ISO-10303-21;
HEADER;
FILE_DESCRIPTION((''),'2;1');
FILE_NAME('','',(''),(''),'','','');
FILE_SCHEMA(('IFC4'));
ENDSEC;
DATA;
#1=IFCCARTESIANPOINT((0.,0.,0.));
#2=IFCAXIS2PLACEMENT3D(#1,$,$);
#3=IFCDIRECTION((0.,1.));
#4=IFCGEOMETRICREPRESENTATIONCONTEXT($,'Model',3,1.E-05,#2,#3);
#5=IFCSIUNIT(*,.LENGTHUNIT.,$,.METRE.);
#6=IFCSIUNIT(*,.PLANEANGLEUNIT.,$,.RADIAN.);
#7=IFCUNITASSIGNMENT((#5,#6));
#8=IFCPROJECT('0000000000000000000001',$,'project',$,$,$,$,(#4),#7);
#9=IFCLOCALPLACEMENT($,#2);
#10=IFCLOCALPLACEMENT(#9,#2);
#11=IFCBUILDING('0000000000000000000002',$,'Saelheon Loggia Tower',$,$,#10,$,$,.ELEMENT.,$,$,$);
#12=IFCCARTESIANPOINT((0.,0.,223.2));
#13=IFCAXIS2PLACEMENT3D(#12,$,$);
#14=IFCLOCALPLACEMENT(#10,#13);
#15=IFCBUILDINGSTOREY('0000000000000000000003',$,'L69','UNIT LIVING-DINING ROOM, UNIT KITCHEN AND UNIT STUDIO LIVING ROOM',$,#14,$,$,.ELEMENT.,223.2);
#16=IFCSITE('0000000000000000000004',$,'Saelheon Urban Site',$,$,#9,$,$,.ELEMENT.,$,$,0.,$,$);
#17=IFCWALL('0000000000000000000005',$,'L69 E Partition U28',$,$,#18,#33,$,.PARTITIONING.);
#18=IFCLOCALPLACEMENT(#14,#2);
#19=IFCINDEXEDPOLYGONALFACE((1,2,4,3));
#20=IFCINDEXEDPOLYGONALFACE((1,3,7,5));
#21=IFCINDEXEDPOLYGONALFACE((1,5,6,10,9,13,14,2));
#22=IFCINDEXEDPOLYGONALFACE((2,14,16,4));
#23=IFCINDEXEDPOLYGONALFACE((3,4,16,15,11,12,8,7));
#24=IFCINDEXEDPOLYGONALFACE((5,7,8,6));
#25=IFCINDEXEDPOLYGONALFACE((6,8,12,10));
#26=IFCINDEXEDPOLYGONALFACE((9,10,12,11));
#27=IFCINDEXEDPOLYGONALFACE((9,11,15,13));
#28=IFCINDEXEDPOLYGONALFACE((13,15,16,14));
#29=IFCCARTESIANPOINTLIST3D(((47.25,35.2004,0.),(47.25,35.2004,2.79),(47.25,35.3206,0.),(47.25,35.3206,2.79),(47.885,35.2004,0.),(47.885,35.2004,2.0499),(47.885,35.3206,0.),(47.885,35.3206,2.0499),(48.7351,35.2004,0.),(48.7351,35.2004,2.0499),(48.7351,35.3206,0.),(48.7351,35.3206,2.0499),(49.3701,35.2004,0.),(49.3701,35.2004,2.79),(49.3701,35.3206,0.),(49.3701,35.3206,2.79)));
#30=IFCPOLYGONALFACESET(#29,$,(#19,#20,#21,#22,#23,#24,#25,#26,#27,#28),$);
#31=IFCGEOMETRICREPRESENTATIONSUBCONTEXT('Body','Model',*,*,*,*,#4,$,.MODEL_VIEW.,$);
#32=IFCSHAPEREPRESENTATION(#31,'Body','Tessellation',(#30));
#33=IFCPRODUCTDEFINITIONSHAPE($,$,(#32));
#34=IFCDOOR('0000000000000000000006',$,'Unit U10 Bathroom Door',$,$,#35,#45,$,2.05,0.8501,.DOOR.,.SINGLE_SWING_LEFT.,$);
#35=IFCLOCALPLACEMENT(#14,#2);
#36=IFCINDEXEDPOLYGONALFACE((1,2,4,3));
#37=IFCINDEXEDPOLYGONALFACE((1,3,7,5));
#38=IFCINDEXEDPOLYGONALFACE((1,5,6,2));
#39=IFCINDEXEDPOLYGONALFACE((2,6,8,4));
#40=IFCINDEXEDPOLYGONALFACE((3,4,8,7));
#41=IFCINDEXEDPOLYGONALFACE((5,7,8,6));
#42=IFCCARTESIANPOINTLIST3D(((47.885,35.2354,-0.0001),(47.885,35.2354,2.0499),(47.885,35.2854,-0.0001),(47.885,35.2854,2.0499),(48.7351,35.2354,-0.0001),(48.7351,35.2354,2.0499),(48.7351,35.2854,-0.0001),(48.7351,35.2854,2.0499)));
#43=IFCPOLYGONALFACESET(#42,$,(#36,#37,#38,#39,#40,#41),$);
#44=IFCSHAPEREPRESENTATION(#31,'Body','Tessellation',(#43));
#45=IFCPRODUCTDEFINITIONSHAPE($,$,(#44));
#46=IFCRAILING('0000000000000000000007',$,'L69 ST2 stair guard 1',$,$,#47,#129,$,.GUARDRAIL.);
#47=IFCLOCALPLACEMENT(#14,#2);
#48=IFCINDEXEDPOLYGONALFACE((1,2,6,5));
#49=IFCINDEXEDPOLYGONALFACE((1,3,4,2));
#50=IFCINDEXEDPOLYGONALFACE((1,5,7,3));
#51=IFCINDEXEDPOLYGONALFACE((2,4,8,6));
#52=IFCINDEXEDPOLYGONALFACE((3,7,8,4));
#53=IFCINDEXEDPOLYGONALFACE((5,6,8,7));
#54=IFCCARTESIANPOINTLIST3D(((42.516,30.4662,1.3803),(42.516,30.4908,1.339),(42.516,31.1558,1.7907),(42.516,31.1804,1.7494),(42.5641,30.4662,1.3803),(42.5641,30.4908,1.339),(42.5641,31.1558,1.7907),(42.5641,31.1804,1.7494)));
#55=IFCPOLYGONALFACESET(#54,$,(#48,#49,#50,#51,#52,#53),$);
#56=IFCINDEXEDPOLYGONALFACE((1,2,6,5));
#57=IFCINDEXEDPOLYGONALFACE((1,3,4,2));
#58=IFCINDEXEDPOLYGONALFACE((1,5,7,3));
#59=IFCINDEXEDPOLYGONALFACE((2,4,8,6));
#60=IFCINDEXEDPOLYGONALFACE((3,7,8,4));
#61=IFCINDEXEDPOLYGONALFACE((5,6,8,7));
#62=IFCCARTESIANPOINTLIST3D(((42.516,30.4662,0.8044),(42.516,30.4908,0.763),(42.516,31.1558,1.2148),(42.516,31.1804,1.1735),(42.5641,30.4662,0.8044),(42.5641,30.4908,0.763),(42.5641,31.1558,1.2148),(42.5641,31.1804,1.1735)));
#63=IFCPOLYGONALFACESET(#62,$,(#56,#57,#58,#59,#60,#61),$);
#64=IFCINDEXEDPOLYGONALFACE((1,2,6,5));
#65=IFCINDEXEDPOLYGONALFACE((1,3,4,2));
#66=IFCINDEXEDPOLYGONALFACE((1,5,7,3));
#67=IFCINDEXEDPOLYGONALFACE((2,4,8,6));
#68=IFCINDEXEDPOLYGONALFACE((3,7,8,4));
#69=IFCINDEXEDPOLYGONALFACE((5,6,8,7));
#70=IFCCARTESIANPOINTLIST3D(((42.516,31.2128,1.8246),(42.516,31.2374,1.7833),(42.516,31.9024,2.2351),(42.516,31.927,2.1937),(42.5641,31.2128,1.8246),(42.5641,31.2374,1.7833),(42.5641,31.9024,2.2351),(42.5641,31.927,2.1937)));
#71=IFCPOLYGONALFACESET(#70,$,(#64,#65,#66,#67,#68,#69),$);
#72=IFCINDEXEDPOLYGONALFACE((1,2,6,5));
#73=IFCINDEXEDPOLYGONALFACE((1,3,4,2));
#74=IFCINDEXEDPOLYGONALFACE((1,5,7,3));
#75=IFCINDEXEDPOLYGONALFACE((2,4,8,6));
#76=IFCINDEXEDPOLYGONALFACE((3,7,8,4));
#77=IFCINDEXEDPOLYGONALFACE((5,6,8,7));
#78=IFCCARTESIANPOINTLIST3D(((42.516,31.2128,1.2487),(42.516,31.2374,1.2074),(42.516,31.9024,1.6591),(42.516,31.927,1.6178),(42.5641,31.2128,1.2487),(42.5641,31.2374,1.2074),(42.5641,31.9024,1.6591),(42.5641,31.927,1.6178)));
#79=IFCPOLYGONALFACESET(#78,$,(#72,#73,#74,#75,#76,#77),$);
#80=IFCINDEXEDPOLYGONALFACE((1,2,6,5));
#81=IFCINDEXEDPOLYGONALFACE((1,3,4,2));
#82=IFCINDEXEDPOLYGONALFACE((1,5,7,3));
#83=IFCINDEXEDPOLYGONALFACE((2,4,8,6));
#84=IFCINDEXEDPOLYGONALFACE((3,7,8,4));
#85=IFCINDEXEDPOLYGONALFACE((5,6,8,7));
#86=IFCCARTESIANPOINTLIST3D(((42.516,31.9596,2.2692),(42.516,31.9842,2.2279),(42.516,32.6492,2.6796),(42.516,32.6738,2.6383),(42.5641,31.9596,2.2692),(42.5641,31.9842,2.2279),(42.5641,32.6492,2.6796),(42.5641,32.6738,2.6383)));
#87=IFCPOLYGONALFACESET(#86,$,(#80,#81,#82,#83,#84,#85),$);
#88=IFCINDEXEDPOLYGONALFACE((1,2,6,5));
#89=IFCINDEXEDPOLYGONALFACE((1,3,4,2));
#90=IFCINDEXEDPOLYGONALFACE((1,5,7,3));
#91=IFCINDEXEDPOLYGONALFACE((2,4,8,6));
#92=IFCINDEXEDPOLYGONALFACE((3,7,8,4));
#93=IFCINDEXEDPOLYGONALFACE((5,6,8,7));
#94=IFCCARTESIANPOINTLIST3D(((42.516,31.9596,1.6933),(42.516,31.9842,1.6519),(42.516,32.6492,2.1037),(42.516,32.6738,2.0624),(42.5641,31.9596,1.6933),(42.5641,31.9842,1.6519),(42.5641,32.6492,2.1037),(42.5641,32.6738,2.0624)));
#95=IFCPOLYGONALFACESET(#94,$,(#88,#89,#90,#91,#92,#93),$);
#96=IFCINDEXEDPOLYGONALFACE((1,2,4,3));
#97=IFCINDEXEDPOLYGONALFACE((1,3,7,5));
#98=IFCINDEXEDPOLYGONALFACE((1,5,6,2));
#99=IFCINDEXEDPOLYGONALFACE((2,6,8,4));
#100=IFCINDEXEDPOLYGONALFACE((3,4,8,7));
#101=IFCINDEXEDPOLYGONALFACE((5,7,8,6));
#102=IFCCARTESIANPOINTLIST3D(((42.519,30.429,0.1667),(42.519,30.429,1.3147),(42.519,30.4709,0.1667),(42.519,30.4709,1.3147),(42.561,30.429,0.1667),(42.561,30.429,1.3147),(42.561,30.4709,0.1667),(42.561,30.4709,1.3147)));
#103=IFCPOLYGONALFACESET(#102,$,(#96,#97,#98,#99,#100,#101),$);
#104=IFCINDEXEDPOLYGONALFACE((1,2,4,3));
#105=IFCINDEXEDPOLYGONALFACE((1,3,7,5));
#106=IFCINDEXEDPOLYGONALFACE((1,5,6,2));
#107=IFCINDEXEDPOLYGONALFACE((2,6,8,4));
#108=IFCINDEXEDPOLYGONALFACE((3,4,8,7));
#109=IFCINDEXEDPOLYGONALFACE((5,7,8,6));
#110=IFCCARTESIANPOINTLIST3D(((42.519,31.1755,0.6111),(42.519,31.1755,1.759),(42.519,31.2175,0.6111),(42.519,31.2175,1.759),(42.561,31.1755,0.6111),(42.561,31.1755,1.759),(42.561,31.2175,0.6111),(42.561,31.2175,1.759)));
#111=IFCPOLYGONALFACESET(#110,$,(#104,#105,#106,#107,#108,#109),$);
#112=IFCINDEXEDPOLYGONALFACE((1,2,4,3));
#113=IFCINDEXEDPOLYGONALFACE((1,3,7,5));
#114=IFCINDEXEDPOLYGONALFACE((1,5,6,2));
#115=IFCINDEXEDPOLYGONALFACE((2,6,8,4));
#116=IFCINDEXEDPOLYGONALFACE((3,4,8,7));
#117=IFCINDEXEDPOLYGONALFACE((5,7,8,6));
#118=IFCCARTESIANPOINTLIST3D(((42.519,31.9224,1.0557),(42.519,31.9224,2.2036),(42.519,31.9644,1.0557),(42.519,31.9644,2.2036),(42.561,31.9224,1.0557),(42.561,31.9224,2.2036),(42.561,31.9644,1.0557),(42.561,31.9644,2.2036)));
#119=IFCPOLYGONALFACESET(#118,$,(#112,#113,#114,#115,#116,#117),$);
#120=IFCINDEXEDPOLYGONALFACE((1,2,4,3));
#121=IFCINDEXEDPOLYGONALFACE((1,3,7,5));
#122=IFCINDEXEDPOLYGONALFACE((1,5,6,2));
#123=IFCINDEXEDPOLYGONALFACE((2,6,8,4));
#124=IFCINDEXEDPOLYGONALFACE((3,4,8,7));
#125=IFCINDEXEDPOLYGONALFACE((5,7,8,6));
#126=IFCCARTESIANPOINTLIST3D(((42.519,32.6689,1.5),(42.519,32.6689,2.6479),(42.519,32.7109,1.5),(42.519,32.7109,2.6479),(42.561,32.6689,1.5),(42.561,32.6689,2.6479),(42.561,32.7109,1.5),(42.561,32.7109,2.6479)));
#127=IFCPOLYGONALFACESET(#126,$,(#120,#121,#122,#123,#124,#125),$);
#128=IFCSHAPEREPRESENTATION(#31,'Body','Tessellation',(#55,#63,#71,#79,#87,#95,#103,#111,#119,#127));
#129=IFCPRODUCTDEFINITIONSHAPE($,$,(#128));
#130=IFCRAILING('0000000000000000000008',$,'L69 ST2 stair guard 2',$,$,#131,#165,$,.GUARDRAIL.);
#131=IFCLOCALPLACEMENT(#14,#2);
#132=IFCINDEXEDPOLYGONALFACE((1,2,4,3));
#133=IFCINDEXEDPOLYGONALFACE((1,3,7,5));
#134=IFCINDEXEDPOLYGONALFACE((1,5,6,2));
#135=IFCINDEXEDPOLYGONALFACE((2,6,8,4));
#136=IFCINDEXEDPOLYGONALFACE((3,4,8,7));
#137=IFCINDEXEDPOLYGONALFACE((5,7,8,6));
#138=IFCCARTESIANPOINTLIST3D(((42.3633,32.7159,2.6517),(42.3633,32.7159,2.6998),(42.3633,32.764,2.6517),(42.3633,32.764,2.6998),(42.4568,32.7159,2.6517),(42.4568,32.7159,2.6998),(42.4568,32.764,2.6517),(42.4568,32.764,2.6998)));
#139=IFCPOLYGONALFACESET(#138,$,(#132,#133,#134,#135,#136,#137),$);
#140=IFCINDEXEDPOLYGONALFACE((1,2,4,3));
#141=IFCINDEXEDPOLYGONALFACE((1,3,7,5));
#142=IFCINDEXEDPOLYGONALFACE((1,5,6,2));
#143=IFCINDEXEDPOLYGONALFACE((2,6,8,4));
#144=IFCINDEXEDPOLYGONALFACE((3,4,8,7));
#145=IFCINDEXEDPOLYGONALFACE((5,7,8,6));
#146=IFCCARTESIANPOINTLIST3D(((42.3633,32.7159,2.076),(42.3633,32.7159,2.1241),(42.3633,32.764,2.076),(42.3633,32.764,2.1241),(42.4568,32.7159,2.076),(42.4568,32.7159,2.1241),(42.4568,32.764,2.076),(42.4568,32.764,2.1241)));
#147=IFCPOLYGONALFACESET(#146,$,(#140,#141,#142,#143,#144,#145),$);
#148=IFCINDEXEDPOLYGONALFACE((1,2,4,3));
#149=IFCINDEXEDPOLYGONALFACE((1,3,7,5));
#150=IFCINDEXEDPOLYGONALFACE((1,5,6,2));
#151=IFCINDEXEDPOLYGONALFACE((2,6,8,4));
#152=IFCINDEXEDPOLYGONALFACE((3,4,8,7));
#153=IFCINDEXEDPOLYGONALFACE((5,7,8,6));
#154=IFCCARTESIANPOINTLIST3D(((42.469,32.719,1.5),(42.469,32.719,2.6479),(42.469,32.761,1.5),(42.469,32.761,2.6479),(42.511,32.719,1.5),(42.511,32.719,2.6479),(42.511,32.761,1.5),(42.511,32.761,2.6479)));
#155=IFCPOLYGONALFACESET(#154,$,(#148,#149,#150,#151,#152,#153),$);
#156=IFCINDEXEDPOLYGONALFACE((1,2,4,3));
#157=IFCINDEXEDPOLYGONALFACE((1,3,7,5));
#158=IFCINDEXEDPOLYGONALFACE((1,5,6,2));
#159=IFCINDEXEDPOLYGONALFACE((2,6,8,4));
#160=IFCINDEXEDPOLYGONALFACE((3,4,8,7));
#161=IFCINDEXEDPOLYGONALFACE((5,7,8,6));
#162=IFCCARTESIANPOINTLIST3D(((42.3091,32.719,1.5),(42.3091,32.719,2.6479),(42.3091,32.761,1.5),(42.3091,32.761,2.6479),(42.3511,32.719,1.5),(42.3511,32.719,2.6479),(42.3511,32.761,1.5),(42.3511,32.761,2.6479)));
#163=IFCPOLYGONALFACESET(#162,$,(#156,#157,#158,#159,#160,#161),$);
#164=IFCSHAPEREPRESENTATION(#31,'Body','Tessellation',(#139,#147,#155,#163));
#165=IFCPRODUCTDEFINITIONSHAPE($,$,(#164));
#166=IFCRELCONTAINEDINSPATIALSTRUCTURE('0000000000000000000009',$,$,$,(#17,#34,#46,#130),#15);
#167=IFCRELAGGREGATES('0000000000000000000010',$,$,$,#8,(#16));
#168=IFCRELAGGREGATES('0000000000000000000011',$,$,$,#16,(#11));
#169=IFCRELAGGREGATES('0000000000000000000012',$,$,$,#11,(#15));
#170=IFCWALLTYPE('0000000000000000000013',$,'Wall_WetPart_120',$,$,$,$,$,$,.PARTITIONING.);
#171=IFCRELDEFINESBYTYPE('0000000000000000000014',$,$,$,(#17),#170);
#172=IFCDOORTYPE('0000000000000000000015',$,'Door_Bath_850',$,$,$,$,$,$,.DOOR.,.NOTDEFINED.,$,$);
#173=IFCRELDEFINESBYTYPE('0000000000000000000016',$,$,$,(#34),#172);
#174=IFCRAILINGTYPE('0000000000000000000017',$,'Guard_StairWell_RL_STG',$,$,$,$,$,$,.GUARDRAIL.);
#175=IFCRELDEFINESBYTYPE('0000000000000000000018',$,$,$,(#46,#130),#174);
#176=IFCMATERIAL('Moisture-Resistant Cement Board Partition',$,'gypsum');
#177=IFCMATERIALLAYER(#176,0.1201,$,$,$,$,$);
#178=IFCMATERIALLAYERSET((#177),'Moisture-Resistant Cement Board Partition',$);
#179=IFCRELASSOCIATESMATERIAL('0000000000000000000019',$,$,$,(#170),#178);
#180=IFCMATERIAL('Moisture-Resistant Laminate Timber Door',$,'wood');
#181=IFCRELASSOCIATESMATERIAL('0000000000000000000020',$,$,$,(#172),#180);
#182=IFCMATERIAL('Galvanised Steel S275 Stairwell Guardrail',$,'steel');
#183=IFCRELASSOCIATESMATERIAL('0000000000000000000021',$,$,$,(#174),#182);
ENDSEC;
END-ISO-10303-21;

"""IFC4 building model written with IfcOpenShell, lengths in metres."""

from ifc_helpers import new_model, si_unit, direction, frame, frame_2d, origin, origin_2d, place, context, subcontext, project, spatial, rectangle, extrude, source, transform, mapped, material, layer, layer_set, type_object, element, fill, save


model = new_model("IFC4")

# Units and contexts
model_context = context("Model", 3, precision=1e-05, world=origin(), true_north=direction((0.0, 1.0)))
body_context = subcontext(model_context, "Body", "Model", "MODEL_VIEW")
ifc_project = project(units=[si_unit("LENGTHUNIT", "METRE"), si_unit("PLANEANGLEUNIT", "RADIAN")], contexts=[model_context])

# Site, building, storey
site_placement = place(None, origin())
site = spatial("IfcSite", under=ifc_project, at=site_placement, Name="Saelheon Urban Site", CompositionType="ELEMENT", RefElevation=0.0)
building_placement = place(site_placement, origin())
building = spatial("IfcBuilding", under=site, at=building_placement, Name="Saelheon Loggia Tower", CompositionType="ELEMENT")
storey_placement = place(building_placement, frame((0.0, 0.0, 223.2)))
storey = spatial("IfcBuildingStorey", under=building, at=storey_placement, Name="L69", Description="UNIT LIVING-DINING ROOM, UNIT KITCHEN AND UNIT STUDIO LIVING ROOM", CompositionType="ELEMENT", Elevation=223.2)

# Shared definitions
ifc_material_1 = material(Name="Moisture-Resistant Cement Board Partition", Category="gypsum")
ifc_layer_1 = layer(ifc_material_1, 0.1201)
ifc_layer_set_1 = layer_set([ifc_layer_1], Name="Moisture-Resistant Cement Board Partition")
wall_type_1 = type_object("IfcWallType", Name="Wall_WetPart_120", PredefinedType="PARTITIONING", material=ifc_layer_set_1)

# Wall, opening, door
wall_1_placement = place(storey_placement, frame((47.25, 35.2605, 0.0), z_axis=(0.0, 0.0, 1.0), x_axis=(1.0, 0.0, 0.0)))
wall_1 = element("IfcWall", 1, at=wall_1_placement, inside=storey, type_object=wall_type_1, Name="L69 E Partition U28", PredefinedType="PARTITIONING", context=body_context, shape_type="SweptSolid", body=[
    extrude(rectangle(XDim=2.1201, YDim=0.1201, at=frame_2d((1.0601, 0.0))), origin(), (0.0, 0.0, 1.0), 2.79),
])
opening_1_placement = place(wall_1_placement, frame((0.635, 0.0, 0.0)))
opening_1 = element("IfcOpeningElement", 2, at=opening_1_placement, cuts=wall_1, PredefinedType="OPENING", context=body_context, shape_type="SweptSolid", body=[
    extrude(rectangle(XDim=0.8501, YDim=2.05, at=frame_2d((0.425, 1.0249))), frame((0.0, 0.072, 0.0), z_axis=(0.0, -1.0, 0.0), x_axis=(1.0, 0.0, 0.0)), (0.0, 0.0, 1.0), 0.144),
])
ifc_material_2 = material(Name="Moisture-Resistant Laminate Timber Door", Category="wood")
door_type_1 = type_object("IfcDoorType", Name="Door_Bath_850", OperationType="NOTDEFINED", PredefinedType="DOOR", material=ifc_material_2)
shared_shape_1 = source(origin(), body_context, "Body", "SweptSolid", [
    extrude(rectangle(XDim=0.8501, YDim=2.05, at=frame_2d((0.425, 1.0249))), frame((0.0, 0.0249, 0.0), z_axis=(0.0, -1.0, 0.0), x_axis=(1.0, 0.0, 0.0)), (0.0, 0.0, 1.0), 0.05),
])
door_1_placement = place(opening_1_placement, origin())
door_1 = element("IfcDoor", 3, at=door_1_placement, inside=storey, type_object=door_type_1, Name="Unit U10 Bathroom Door", OperationType="SINGLE_SWING_LEFT", OverallHeight=2.05, OverallWidth=0.8501, PredefinedType="DOOR", context=body_context, shape_type="MappedRepresentation", body=[
    mapped(shared_shape_1, transform((0.0, 0.0, 0.0), scale=1.0)),
])
fill(opening_1, door_1)

# Railings
ifc_material_3 = material(Name="Galvanised Steel S275 Stairwell Guardrail", Category="steel")
railing_type_1 = type_object("IfcRailingType", Name="Guard_StairWell_RL_STG", PredefinedType="GUARDRAIL", material=ifc_material_3)
railing_1_placement = place(storey_placement, frame((42.54, 30.45, 0.1667)))
element("IfcRailing", 4, at=railing_1_placement, inside=storey, type_object=railing_type_1, Name="L69 ST2 stair guard 1", PredefinedType="GUARDRAIL", context=body_context, shape_type="SweptSolid", body=[
    extrude(rectangle(XDim=0.0481, YDim=0.0481, at=origin_2d()), frame((0.0, 0.0286, 1.1929), z_axis=(0.0, 0.859306, 0.511462), x_axis=(-1.0, 0.0, 0.0)), (0.0, 0.0, 1.0), 0.8025),
    extrude(rectangle(XDim=0.0481, YDim=0.0481, at=origin_2d()), frame((0.0, 0.0286, 0.6169), z_axis=(0.0, 0.859306, 0.511462), x_axis=(-1.0, 0.0, 0.0)), (0.0, 0.0, 1.0), 0.8025),
    extrude(rectangle(XDim=0.0481, YDim=0.0481, at=origin_2d()), frame((0.0, 0.7751, 1.6372), z_axis=(0.0, 0.859306, 0.511462), x_axis=(-1.0, 0.0, 0.0)), (0.0, 0.0, 1.0), 0.8025),
    extrude(rectangle(XDim=0.0481, YDim=0.0481, at=origin_2d()), frame((0.0, 0.7751, 1.0613), z_axis=(0.0, 0.859306, 0.511462), x_axis=(-1.0, 0.0, 0.0)), (0.0, 0.0, 1.0), 0.8025),
    extrude(rectangle(XDim=0.0481, YDim=0.0481, at=origin_2d()), frame((0.0, 1.522, 2.0818), z_axis=(0.0, 0.859306, 0.511462), x_axis=(-1.0, 0.0, 0.0)), (0.0, 0.0, 1.0), 0.8025),
    extrude(rectangle(XDim=0.0481, YDim=0.0481, at=origin_2d()), frame((0.0, 1.522, 1.5059), z_axis=(0.0, 0.859306, 0.511462), x_axis=(-1.0, 0.0, 0.0)), (0.0, 0.0, 1.0), 0.8025),
    extrude(rectangle(XDim=0.042, YDim=0.042, at=origin_2d()), origin(), (0.0, 0.0, 1.0), 1.1479),
    extrude(rectangle(XDim=0.042, YDim=0.042, at=origin_2d()), frame((0.0, 0.7466, 0.4443)), (0.0, 0.0, 1.0), 1.1479),
    extrude(rectangle(XDim=0.042, YDim=0.042, at=origin_2d()), frame((0.0, 1.4934, 0.8889)), (0.0, 0.0, 1.0), 1.1479),
    extrude(rectangle(XDim=0.042, YDim=0.042, at=origin_2d()), frame((0.0, 2.24, 1.3333)), (0.0, 0.0, 1.0), 1.1479),
])
railing_2_placement = place(storey_placement, frame((42.49, 32.74, 1.5)))
element("IfcRailing", 5, at=railing_2_placement, inside=storey, type_object=railing_type_1, Name="L69 ST2 stair guard 2", PredefinedType="GUARDRAIL", context=body_context, shape_type="SweptSolid", body=[
    extrude(rectangle(XDim=0.0481, YDim=0.0481, at=origin_2d()), frame((-0.0332, 0.0, 1.1758), z_axis=(-1.0, 0.0, 0.0), x_axis=(0.0, -1.0, 0.0)), (0.0, 0.0, 1.0), 0.0935),
    extrude(rectangle(XDim=0.0481, YDim=0.0481, at=origin_2d()), frame((-0.0332, 0.0, 0.6001), z_axis=(-1.0, 0.0, 0.0), x_axis=(0.0, -1.0, 0.0)), (0.0, 0.0, 1.0), 0.0935),
    extrude(rectangle(XDim=0.042, YDim=0.042, at=origin_2d()), origin(), (0.0, 0.0, 1.0), 1.1479),
    extrude(rectangle(XDim=0.042, YDim=0.042, at=origin_2d()), frame((-0.1599, 0.0, 0.0)), (0.0, 0.0, 1.0), 1.1479),
])

save(model, "model.ifc")
